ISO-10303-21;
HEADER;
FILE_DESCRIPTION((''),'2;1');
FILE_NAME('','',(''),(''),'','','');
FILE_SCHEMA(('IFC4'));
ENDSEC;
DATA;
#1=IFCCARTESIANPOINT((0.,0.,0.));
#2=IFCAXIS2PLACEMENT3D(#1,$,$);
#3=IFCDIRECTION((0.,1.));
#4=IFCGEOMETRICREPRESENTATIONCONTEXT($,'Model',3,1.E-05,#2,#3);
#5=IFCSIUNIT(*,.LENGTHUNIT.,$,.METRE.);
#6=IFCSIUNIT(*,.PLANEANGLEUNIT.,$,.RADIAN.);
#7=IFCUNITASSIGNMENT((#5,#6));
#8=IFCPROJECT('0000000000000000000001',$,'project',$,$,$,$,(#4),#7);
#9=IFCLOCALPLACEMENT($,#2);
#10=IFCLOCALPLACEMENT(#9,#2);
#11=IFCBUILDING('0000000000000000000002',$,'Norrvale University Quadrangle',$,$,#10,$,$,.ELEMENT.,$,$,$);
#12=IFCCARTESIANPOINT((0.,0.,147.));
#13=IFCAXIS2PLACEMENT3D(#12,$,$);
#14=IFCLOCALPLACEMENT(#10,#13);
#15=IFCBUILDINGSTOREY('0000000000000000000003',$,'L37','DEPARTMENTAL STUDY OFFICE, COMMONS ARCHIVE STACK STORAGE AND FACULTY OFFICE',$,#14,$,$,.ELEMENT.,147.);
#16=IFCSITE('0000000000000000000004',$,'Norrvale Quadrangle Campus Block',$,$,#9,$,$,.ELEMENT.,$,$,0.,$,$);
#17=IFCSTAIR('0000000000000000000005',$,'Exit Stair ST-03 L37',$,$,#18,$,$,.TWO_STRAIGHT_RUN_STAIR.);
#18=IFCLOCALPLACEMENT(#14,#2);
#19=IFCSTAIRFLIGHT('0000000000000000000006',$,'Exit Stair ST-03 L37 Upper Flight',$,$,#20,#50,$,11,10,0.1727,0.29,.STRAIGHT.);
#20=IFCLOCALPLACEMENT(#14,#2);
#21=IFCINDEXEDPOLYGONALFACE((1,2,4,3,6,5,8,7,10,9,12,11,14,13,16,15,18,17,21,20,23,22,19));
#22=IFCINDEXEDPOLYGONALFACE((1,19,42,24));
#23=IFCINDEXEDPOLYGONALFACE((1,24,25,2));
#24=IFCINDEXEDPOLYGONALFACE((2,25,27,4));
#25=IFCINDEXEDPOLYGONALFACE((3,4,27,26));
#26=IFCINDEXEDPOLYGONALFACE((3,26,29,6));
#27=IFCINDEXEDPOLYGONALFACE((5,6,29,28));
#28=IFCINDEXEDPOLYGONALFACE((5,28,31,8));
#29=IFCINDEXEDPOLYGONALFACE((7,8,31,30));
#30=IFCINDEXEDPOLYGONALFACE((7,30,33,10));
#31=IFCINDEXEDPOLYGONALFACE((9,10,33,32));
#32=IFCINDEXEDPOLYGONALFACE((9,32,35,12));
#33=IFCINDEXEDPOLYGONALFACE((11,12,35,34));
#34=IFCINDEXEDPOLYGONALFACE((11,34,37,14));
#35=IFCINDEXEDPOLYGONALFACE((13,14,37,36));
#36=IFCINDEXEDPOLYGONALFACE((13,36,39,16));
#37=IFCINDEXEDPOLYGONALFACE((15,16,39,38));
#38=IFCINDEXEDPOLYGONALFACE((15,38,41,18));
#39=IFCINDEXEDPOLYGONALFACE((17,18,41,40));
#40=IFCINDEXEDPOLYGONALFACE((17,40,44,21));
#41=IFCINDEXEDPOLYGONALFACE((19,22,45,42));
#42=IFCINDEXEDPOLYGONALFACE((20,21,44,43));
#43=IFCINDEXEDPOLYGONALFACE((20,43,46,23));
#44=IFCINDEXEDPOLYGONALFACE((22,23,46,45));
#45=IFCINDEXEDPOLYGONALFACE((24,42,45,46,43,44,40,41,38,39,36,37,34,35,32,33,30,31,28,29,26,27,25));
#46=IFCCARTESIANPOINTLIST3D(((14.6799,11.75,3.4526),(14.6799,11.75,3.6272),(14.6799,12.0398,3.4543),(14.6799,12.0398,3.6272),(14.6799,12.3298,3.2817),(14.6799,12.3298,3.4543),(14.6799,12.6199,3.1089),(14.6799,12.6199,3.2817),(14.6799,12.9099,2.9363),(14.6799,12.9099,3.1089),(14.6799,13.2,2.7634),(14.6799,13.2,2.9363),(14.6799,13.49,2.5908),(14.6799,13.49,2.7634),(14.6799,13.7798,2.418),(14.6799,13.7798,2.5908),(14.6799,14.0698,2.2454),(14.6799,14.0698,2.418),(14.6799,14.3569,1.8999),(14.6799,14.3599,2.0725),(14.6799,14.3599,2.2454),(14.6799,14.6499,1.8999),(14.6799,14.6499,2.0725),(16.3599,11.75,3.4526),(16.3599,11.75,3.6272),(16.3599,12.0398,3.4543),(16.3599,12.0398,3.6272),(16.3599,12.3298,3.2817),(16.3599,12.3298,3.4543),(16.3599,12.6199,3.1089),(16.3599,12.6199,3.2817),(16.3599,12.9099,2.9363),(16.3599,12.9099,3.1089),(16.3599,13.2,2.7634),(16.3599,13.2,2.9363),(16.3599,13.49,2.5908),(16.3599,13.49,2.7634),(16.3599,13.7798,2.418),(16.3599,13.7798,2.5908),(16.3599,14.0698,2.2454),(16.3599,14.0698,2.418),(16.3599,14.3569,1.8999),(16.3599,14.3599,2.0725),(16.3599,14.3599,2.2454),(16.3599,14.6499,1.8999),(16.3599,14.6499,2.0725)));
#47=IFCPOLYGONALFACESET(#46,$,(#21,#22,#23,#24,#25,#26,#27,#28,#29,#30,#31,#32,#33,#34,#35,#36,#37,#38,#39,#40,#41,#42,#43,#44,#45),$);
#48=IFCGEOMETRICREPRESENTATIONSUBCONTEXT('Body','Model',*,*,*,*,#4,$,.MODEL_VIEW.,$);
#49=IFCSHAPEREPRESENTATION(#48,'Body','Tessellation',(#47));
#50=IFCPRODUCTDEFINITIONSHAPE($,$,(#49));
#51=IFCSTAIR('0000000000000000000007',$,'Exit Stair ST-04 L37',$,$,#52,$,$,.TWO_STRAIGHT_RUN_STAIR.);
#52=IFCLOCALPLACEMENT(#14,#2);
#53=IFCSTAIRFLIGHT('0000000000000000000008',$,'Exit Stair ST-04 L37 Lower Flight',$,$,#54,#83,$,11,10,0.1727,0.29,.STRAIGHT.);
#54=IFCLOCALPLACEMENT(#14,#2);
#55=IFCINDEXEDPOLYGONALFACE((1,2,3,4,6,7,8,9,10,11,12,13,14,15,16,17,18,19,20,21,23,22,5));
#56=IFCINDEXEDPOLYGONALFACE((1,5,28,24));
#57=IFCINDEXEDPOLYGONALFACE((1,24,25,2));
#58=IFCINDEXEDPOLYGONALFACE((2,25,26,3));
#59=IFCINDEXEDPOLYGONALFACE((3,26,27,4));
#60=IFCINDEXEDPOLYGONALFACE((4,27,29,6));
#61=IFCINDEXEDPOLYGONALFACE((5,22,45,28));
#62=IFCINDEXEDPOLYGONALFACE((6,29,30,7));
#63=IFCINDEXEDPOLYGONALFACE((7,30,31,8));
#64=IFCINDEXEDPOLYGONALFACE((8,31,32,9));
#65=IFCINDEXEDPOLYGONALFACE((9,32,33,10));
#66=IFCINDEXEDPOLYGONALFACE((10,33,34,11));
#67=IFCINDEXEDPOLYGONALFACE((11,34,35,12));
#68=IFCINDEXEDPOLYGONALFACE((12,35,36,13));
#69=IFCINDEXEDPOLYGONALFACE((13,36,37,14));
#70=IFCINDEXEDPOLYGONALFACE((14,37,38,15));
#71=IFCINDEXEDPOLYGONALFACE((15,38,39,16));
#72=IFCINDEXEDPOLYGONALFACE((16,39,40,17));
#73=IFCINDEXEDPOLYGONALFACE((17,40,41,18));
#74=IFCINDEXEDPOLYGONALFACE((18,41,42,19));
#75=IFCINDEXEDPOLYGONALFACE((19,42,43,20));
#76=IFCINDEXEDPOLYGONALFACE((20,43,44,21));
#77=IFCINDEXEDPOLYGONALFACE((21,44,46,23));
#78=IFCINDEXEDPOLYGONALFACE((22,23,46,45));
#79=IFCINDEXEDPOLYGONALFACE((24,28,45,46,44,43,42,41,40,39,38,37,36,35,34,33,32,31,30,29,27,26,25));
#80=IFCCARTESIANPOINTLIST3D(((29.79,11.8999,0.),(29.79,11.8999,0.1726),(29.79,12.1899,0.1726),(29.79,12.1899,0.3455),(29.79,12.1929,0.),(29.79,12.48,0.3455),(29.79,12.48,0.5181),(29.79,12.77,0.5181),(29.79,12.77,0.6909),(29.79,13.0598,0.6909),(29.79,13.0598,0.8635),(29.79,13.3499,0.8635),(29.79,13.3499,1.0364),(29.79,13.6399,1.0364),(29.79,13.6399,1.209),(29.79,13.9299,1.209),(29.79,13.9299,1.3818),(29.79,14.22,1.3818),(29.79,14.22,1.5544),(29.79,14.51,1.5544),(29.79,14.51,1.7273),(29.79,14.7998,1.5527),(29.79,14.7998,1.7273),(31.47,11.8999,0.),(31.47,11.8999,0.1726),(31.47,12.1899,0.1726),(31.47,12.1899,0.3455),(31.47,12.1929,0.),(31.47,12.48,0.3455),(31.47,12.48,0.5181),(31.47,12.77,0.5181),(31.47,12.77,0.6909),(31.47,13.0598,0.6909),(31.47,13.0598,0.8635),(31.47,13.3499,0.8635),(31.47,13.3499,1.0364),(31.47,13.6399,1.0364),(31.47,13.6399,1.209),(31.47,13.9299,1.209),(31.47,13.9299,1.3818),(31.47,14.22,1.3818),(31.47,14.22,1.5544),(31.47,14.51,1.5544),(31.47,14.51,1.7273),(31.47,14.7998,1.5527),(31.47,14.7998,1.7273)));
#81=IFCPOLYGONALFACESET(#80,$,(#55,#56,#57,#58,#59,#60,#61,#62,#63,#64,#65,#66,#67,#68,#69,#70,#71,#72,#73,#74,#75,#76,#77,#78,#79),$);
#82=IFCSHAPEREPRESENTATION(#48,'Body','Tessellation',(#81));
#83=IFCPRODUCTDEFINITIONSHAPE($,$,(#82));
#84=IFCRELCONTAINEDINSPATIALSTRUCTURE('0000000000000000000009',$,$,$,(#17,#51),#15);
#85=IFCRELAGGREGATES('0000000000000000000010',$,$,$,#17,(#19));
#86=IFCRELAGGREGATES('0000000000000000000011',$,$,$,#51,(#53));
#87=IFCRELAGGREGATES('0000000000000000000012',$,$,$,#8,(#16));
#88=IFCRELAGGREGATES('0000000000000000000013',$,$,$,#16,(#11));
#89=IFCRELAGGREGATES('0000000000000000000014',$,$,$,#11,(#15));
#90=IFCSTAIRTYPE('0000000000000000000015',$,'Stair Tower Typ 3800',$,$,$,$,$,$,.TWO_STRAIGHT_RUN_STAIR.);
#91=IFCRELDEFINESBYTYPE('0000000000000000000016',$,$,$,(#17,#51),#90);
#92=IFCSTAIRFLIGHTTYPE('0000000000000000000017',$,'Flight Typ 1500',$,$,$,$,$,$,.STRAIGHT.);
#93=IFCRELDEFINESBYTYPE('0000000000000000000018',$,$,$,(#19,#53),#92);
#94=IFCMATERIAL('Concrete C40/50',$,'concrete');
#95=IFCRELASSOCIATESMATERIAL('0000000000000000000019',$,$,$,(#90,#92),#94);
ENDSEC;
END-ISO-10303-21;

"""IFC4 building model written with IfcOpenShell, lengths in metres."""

from ifc_helpers import new_model, si_unit, direction, frame, origin, place, context, subcontext, project, spatial, polyline, outline, extrude, material, type_object, element, aggregate, save


model = new_model("IFC4")

# Units and contexts
model_context = context("Model", 3, precision=1e-05, world=origin(), true_north=direction((0.0, 1.0)))
body_context = subcontext(model_context, "Body", "Model", "MODEL_VIEW")
ifc_project = project(units=[si_unit("LENGTHUNIT", "METRE"), si_unit("PLANEANGLEUNIT", "RADIAN")], contexts=[model_context])

# Site, building, storey
site_placement = place(None, origin())
site = spatial("IfcSite", under=ifc_project, at=site_placement, Name="Norrvale Quadrangle Campus Block", CompositionType="ELEMENT", RefElevation=0.0)
building_placement = place(site_placement, origin())
building = spatial("IfcBuilding", under=site, at=building_placement, Name="Norrvale University Quadrangle", CompositionType="ELEMENT")
storey_placement = place(building_placement, frame((0.0, 0.0, 147.0)))
storey = spatial("IfcBuildingStorey", under=building, at=storey_placement, Name="L37", Description="DEPARTMENTAL STUDY OFFICE, COMMONS ARCHIVE STACK STORAGE AND FACULTY OFFICE", CompositionType="ELEMENT", Elevation=147.0)

# Stairs, stair flights
ifc_material_1 = material(Name="Concrete C40/50", Category="concrete")
stair_type = type_object("IfcStairType", Name="Stair Tower Typ 3800", PredefinedType="TWO_STRAIGHT_RUN_STAIR", material=ifc_material_1)
stair_1_placement = place(storey_placement, origin())
stair_1 = element("IfcStair", 1, at=stair_1_placement, inside=storey, type_object=stair_type, Name="Exit Stair ST-03 L37", PredefinedType="TWO_STRAIGHT_RUN_STAIR")
stair_flight_type = type_object("IfcStairFlightType", Name="Flight Typ 1500", PredefinedType="STRAIGHT", material=ifc_material_1)
stair_flight_1_placement = place(storey_placement, frame((15.52, 14.6499, 1.8999), z_axis=(0.0, 0.0, 1.0), x_axis=(0.0, -1.0, 0.0)))
stair_flight_1 = element("IfcStairFlight", 2, at=stair_flight_1_placement, type_object=stair_flight_type, Name="Exit Stair ST-03 L37 Upper Flight", NumberOfRisers=11, NumberOfTreads=10, PredefinedType="STRAIGHT", RiserHeight=0.1727, TreadLength=0.29, context=body_context, shape_type="SweptSolid", body=[
    extrude(outline(polyline([(0.0, 0.0), (0.0, 0.1726), (0.29, 0.1726), (0.29, 0.3455), (0.5801, 0.3455), (0.5801, 0.5181), (0.8701, 0.5181), (0.8701, 0.6909), (1.1599, 0.6909), (1.1599, 0.8635), (1.45, 0.8635), (1.45, 1.0364), (1.74, 1.0364), (1.74, 1.209), (2.03, 1.209), (2.03, 1.3818), (2.3201, 1.3818), (2.3201, 1.5544), (2.6101, 1.5544), (2.6101, 1.7273), (2.8999, 1.7273), (2.8999, 1.8999), (2.8999, 1.5527), (0.293, 0.0), (0.0, 0.0)])), frame((0.0, 0.8398, 0.0), z_axis=(0.0, -1.0, 0.0), x_axis=(1.0, 0.0, 0.0)), (0.0, 0.0, 1.0), 1.6799),
])
aggregate(stair_1, [stair_flight_1])
stair_2_placement = place(storey_placement, origin())
stair_2 = element("IfcStair", 3, at=stair_2_placement, inside=storey, type_object=stair_type, Name="Exit Stair ST-04 L37", PredefinedType="TWO_STRAIGHT_RUN_STAIR")
stair_flight_2_placement = place(storey_placement, frame((30.6299, 11.8999, 0.0), z_axis=(0.0, 0.0, 1.0), x_axis=(0.0, 1.0, 0.0)))
stair_flight_2 = element("IfcStairFlight", 4, at=stair_flight_2_placement, type_object=stair_flight_type, Name="Exit Stair ST-04 L37 Lower Flight", NumberOfRisers=11, NumberOfTreads=10, PredefinedType="STRAIGHT", RiserHeight=0.1727, TreadLength=0.29, context=body_context, shape_type="SweptSolid", body=[
    extrude(outline(polyline([(0.0, 0.0), (0.0, 0.1726), (0.29, 0.1726), (0.29, 0.3455), (0.5801, 0.3455), (0.5801, 0.5181), (0.8701, 0.5181), (0.8701, 0.6909), (1.1599, 0.6909), (1.1599, 0.8635), (1.45, 0.8635), (1.45, 1.0364), (1.74, 1.0364), (1.74, 1.209), (2.03, 1.209), (2.03, 1.3818), (2.3201, 1.3818), (2.3201, 1.5544), (2.6101, 1.5544), (2.6101, 1.7273), (2.8999, 1.7273), (2.8999, 1.8999), (2.8999, 1.5527), (0.293, 0.0), (0.0, 0.0)])), frame((0.0, 0.8398, 0.0), z_axis=(0.0, -1.0, 0.0), x_axis=(1.0, 0.0, 0.0)), (0.0, 0.0, 1.0), 1.6799),
])
aggregate(stair_2, [stair_flight_2])

save(model, "model.ifc")
